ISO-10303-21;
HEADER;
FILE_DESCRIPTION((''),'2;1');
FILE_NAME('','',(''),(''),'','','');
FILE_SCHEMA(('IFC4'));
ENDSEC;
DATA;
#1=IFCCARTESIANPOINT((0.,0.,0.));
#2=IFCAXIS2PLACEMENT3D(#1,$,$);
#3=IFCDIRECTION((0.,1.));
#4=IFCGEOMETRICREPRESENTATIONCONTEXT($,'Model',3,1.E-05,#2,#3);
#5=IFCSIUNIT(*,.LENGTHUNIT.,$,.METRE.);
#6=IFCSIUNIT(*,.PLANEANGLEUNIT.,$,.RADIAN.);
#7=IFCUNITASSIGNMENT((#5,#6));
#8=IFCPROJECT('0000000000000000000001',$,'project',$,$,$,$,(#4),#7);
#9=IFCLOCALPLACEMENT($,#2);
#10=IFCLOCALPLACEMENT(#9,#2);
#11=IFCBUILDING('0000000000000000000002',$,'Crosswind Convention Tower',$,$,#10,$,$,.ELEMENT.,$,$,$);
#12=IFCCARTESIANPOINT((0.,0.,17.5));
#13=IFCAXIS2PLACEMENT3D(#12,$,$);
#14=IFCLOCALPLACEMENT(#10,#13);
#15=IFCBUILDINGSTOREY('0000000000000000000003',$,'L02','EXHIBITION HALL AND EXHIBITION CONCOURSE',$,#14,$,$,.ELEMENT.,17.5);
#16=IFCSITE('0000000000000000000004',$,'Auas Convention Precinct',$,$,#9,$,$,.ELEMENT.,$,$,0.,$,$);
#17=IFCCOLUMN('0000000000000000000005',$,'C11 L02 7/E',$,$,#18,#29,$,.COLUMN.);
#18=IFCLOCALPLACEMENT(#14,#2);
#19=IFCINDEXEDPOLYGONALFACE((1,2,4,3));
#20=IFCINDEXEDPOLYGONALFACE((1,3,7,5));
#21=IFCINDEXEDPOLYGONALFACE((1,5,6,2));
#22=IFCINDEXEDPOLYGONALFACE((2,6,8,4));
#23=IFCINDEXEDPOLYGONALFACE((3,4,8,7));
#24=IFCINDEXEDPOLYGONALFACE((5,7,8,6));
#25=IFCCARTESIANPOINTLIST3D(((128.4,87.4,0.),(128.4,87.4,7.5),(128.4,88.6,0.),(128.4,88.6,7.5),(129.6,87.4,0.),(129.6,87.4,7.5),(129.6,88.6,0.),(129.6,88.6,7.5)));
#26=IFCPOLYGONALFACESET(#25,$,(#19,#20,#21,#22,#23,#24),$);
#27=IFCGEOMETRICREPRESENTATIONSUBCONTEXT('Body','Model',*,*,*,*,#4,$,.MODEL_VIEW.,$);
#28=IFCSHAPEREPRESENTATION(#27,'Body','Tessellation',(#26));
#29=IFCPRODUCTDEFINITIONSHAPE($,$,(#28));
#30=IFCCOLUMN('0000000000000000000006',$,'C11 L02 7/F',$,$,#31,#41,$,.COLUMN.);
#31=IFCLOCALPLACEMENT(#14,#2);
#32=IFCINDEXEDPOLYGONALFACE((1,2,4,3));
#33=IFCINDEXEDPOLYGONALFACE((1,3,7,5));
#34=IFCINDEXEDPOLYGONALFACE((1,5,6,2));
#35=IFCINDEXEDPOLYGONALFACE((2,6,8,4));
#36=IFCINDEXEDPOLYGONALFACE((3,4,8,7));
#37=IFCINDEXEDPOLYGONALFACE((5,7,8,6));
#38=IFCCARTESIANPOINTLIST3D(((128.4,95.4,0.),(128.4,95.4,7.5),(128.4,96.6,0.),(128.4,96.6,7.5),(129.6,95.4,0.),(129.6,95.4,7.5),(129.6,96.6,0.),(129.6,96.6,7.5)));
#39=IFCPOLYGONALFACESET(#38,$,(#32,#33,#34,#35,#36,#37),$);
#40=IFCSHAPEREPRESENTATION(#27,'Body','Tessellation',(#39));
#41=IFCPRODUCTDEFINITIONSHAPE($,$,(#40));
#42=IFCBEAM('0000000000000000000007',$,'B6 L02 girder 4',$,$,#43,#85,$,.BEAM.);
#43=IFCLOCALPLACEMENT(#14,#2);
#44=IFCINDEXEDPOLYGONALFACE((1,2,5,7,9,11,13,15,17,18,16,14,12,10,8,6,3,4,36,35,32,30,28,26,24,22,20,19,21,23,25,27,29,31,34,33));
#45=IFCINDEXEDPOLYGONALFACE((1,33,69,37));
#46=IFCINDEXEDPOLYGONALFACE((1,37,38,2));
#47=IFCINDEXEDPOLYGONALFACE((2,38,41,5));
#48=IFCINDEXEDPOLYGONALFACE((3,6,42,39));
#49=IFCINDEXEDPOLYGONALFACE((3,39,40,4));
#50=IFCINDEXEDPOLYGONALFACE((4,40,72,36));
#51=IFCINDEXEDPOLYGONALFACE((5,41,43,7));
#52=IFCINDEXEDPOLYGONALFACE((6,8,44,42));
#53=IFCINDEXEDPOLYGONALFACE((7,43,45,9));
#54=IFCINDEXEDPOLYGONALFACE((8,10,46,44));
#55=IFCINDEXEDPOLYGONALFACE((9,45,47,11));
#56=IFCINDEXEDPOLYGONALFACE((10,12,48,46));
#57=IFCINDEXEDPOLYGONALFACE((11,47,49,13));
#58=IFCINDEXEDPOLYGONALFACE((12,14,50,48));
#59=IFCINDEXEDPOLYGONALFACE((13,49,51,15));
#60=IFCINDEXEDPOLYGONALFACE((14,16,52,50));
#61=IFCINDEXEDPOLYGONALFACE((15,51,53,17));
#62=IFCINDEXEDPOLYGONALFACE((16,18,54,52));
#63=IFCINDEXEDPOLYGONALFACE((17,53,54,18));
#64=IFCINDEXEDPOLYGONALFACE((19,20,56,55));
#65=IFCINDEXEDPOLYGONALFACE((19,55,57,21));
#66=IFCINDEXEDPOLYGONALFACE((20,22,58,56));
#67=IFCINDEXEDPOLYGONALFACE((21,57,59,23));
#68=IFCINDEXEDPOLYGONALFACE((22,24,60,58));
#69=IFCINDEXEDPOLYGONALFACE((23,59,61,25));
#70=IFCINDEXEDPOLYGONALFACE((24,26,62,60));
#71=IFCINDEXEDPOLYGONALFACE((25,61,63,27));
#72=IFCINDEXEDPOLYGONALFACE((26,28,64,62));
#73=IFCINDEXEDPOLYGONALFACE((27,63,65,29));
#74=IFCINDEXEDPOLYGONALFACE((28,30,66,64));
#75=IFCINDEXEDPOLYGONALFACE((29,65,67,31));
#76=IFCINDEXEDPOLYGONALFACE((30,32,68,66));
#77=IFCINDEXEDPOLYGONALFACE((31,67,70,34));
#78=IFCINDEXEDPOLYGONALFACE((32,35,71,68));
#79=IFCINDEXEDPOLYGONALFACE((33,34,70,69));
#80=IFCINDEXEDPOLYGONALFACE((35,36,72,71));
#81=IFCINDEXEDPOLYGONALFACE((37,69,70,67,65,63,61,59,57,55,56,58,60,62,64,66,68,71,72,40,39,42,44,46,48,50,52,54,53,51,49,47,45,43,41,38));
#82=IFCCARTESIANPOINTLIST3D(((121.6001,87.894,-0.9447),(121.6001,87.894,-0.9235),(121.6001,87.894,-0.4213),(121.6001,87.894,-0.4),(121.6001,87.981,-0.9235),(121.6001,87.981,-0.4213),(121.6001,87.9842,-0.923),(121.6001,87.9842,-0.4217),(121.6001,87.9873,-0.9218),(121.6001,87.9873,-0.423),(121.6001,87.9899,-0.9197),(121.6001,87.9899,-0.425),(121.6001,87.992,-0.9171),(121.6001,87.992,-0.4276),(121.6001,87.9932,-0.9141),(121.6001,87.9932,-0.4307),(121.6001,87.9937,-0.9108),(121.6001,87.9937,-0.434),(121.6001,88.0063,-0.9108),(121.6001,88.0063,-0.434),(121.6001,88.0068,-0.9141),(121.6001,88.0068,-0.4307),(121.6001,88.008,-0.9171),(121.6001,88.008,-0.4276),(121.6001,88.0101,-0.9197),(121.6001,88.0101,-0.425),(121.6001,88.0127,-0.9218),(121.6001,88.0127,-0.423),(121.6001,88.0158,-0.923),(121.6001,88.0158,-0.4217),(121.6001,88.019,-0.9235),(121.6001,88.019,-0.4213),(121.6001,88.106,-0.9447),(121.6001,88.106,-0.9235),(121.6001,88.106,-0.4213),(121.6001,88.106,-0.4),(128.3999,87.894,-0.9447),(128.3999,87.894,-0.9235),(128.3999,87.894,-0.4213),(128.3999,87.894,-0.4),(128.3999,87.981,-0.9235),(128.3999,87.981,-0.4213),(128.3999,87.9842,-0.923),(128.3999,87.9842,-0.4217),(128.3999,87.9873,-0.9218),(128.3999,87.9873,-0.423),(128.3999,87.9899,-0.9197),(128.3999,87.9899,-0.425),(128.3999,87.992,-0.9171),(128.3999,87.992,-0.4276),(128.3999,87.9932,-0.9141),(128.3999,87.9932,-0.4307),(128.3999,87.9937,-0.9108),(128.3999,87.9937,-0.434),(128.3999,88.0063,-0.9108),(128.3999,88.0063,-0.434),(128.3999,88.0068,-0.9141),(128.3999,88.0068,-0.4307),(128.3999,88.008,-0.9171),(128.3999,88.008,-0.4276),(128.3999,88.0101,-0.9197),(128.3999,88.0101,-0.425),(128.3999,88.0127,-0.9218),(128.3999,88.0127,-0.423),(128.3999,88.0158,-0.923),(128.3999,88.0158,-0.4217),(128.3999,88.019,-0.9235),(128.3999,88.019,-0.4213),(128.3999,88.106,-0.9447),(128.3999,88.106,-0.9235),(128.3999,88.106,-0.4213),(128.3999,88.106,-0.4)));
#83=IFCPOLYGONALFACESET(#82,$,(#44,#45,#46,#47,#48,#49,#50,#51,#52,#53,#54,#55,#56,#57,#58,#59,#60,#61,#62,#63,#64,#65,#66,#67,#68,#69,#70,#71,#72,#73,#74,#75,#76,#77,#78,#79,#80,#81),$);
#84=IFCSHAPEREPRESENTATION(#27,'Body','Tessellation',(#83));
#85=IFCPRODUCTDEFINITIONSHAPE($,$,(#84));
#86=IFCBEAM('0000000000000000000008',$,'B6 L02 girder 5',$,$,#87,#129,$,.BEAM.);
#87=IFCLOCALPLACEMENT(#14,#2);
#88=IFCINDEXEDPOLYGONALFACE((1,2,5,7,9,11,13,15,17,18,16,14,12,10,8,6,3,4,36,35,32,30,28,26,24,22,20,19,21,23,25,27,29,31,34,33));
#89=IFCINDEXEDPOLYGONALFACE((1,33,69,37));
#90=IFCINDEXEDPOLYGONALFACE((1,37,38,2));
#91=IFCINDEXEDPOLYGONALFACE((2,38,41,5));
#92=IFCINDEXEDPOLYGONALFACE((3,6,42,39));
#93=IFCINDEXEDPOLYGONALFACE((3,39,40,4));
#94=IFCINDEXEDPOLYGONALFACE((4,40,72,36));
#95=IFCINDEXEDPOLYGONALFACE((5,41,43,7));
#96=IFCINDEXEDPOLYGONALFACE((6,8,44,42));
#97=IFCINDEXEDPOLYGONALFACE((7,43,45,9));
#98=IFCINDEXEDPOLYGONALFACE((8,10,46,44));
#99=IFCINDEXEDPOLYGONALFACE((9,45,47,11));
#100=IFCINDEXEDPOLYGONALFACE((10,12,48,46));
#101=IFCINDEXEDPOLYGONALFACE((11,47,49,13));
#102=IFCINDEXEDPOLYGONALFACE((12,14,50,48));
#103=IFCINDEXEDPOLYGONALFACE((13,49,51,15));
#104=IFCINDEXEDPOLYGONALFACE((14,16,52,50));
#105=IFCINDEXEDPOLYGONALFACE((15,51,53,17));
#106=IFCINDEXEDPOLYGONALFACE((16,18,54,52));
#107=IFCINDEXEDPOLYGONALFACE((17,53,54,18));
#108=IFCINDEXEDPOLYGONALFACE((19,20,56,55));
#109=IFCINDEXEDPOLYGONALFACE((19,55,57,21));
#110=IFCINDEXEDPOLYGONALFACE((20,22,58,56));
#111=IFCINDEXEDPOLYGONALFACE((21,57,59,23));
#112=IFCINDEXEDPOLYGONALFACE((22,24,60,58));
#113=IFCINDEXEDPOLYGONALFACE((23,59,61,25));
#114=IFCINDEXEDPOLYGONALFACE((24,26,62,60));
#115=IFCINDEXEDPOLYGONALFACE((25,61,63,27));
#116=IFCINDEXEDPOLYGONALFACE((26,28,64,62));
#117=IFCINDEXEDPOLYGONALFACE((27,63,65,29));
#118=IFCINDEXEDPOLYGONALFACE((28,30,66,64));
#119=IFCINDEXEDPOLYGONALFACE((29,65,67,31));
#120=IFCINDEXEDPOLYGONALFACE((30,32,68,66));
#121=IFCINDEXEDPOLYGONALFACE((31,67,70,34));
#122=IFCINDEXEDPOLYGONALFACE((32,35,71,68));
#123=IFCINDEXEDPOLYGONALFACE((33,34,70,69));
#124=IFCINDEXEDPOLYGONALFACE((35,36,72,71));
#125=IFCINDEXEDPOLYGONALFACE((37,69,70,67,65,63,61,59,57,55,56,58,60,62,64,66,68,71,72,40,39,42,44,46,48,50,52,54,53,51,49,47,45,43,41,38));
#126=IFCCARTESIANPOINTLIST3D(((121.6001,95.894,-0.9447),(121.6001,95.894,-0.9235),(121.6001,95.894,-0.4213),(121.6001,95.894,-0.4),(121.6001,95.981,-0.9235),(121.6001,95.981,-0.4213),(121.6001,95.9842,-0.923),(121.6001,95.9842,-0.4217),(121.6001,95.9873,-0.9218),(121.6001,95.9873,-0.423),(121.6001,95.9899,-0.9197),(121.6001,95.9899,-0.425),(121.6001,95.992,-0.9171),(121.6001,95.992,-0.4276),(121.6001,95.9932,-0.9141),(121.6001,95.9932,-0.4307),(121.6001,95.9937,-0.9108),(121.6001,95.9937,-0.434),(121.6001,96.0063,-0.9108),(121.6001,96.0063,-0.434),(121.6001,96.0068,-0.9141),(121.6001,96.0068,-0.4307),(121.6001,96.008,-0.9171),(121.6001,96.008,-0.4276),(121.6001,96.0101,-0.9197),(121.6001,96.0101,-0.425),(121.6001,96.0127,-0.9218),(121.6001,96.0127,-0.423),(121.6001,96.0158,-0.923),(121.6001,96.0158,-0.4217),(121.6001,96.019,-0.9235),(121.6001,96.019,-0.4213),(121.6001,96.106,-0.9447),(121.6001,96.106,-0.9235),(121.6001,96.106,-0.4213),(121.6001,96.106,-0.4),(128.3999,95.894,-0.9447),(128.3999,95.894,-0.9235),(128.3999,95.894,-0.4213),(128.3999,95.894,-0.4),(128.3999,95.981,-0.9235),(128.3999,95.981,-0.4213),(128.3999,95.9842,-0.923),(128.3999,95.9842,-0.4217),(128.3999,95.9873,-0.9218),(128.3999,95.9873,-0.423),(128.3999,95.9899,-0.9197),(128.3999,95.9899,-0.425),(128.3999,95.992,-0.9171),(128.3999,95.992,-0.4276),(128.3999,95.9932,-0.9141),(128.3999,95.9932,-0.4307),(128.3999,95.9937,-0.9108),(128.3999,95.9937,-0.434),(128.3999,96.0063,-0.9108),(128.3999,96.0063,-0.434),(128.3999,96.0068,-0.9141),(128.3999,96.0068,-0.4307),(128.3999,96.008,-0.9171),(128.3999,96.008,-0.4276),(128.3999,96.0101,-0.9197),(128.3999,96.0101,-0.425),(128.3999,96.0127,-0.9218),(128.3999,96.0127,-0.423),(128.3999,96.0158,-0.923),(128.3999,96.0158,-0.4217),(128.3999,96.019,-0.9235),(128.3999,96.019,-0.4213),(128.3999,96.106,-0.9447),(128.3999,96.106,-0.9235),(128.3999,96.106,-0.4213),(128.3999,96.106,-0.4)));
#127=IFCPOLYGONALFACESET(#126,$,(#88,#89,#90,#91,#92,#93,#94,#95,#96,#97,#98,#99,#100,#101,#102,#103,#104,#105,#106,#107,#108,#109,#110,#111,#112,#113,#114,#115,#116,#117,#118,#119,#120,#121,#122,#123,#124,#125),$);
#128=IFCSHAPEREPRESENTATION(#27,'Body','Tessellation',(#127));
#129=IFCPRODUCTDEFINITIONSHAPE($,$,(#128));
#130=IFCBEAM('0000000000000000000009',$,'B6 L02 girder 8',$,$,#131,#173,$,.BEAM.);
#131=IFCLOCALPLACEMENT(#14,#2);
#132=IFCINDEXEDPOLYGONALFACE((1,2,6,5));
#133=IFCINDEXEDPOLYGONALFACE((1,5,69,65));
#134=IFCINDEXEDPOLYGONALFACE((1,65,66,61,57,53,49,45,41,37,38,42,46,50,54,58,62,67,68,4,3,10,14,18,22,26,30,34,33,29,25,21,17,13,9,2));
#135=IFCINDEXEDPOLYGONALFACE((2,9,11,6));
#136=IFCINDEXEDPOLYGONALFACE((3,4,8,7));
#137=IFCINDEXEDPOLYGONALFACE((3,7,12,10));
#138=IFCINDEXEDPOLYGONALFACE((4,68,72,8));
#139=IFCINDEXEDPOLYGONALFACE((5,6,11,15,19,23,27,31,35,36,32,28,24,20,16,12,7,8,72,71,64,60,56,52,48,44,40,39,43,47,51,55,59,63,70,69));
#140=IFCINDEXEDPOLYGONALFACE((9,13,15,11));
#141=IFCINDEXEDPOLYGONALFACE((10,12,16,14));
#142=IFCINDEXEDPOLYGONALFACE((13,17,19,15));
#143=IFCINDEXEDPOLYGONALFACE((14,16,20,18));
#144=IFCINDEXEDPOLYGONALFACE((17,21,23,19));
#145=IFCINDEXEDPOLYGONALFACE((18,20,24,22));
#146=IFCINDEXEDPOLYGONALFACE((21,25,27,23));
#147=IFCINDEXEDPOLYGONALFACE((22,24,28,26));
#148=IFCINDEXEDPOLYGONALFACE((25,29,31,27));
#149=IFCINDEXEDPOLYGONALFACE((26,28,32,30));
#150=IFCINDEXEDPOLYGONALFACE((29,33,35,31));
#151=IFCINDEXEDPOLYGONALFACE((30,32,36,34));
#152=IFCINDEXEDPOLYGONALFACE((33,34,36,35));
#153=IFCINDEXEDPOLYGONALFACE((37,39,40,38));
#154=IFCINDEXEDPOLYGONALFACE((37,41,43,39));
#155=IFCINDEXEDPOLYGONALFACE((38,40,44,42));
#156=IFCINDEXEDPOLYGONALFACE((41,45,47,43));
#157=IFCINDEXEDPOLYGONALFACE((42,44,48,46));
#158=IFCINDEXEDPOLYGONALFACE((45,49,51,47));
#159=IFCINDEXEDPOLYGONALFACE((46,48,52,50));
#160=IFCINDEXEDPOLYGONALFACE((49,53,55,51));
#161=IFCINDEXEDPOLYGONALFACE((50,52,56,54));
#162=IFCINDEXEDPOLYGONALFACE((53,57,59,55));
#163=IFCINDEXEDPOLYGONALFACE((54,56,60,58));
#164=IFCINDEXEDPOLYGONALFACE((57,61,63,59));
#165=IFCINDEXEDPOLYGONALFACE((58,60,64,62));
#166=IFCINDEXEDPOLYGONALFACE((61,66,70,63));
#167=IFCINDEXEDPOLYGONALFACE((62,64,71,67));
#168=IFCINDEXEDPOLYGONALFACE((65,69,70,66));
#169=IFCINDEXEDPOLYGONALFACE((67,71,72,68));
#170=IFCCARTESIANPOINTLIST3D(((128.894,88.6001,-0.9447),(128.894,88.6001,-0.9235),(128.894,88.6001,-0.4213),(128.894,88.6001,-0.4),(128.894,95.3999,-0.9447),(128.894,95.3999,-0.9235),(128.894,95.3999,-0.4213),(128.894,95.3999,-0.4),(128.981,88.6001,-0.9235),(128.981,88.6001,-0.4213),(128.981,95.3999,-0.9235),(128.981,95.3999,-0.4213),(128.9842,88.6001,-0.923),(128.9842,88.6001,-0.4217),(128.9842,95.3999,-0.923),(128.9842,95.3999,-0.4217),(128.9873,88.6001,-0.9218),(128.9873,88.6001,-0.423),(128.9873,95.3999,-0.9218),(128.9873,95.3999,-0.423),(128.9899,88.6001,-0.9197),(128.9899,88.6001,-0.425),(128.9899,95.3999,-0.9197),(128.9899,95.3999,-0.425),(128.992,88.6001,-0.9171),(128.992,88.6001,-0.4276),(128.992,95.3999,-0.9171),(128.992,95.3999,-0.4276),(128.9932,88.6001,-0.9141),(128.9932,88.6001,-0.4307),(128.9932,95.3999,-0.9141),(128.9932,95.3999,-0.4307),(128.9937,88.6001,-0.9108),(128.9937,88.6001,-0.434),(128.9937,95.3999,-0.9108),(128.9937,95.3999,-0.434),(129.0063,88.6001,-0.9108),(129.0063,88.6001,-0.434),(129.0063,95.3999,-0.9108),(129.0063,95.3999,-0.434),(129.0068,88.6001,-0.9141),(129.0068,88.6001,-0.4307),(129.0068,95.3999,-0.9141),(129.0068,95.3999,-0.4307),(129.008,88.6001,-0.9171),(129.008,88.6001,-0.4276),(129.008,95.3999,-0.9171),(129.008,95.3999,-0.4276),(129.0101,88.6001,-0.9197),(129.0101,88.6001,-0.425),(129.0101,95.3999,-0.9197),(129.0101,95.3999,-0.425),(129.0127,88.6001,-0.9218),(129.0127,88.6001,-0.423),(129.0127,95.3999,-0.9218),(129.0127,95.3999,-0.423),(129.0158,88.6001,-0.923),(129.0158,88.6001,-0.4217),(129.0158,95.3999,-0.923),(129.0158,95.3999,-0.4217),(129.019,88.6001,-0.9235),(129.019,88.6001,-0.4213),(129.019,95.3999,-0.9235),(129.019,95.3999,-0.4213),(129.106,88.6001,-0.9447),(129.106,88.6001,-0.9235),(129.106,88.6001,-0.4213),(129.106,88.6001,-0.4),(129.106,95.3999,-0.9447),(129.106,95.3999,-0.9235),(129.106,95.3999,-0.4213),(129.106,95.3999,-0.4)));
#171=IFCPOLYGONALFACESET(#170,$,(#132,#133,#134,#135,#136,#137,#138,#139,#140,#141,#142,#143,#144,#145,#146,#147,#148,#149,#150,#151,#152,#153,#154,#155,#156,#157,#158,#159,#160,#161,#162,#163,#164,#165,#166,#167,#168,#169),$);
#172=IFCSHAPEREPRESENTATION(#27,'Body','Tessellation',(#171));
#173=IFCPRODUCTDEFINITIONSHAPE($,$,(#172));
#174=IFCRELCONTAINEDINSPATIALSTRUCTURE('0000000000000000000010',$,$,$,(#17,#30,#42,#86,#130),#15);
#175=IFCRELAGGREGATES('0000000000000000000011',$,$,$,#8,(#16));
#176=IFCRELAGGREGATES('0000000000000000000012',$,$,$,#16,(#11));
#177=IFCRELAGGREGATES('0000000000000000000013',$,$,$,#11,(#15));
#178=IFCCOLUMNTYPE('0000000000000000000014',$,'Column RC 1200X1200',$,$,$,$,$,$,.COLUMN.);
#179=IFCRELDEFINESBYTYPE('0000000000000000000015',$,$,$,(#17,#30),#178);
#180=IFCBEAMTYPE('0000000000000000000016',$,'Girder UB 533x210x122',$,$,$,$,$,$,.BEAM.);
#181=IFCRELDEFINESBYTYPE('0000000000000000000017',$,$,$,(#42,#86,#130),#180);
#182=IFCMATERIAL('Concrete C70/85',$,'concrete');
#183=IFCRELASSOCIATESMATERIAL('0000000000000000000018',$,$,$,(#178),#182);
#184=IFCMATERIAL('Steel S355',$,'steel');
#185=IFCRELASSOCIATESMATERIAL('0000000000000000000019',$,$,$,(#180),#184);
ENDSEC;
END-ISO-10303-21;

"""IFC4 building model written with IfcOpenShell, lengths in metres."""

from ifc_helpers import new_model, si_unit, direction, frame, origin, origin_2d, place, context, subcontext, project, spatial, rectangle, i_section, extrude, material, material_profile, profile_set, type_object, element, save


model = new_model("IFC4")

# Units and contexts
model_context = context("Model", 3, precision=1e-05, world=origin(), true_north=direction((0.0, 1.0)))
body_context = subcontext(model_context, "Body", "Model", "MODEL_VIEW")
ifc_project = project(units=[si_unit("LENGTHUNIT", "METRE"), si_unit("PLANEANGLEUNIT", "RADIAN")], contexts=[model_context])

# Site, building, storey
site_placement = place(None, origin())
site = spatial("IfcSite", under=ifc_project, at=site_placement, Name="Auas Convention Precinct", CompositionType="ELEMENT", RefElevation=0.0)
building_placement = place(site_placement, origin())
building = spatial("IfcBuilding", under=site, at=building_placement, Name="Crosswind Convention Tower", CompositionType="ELEMENT")
storey_placement = place(building_placement, frame((0.0, 0.0, 17.5)))
storey = spatial("IfcBuildingStorey", under=building, at=storey_placement, Name="L02", Description="EXHIBITION HALL AND EXHIBITION CONCOURSE", CompositionType="ELEMENT", Elevation=17.5)

# Columns
ifc_material_1 = material(Name="Concrete C70/85", Category="concrete")
ifc_material_profile_1 = material_profile(ifc_material_1, rectangle(XDim=1.2, YDim=1.2, at=origin_2d()), Name="RC 1200X1200")
ifc_profile_set_1 = profile_set([ifc_material_profile_1], Name="Concrete C70/85")
column_type = type_object("IfcColumnType", Name="Column RC 1200X1200", PredefinedType="COLUMN", material=ifc_profile_set_1)
for number, where, z_axis, x_axis, name in (
    (1, (129.0, 88.0, 0.0), (0.0, 0.0, 1.0), (1.0, 0.0, 0.0), "C11 L02 7/E"),
    (2, (129.0, 96.0, 0.0), (0.0, 0.0, 1.0), (1.0, 0.0, 0.0), "C11 L02 7/F"),
):
    element("IfcColumn", number, at=place(storey_placement, frame(where, z_axis=z_axis, x_axis=x_axis)), inside=storey, type_object=column_type, Name=name, PredefinedType="COLUMN", context=body_context, shape_type="SweptSolid", body=[
        extrude(rectangle(XDim=1.2, YDim=1.2, at=origin_2d()), origin(), (0.0, 0.0, 1.0), 7.5),
    ])

# Beams
ifc_material_2 = material(Name="Steel S355", Category="steel")
ifc_material_profile_2 = material_profile(ifc_material_2, i_section(OverallWidth=0.2119, OverallDepth=0.5447, WebThickness=0.0127, FlangeThickness=0.0212, FilletRadius=0.0127, at=origin_2d()), Name="UB 533x210x122")
ifc_profile_set_2 = profile_set([ifc_material_profile_2], Name="Steel S355")
beam_type_1 = type_object("IfcBeamType", Name="Girder UB 533x210x122", PredefinedType="BEAM", material=ifc_profile_set_2)
for number, where, z_axis, x_axis, name in (
    (3, (121.6001, 88.0, -0.6724), (1.0, 0.0, 0.0), (0.0, 1.0, 0.0), "B6 L02 girder 4"),
    (4, (121.6001, 96.0, -0.6724), (1.0, 0.0, 0.0), (0.0, 1.0, 0.0), "B6 L02 girder 5"),
    (5, (129.0, 88.6001, -0.6724), (0.0, 1.0, 0.0), (-1.0, 0.0, 0.0), "B6 L02 girder 8"),
):
    element("IfcBeam", number, at=place(storey_placement, frame(where, z_axis=z_axis, x_axis=x_axis)), inside=storey, type_object=beam_type_1, Name=name, PredefinedType="BEAM", context=body_context, shape_type="SweptSolid", body=[
        extrude(i_section(OverallWidth=0.2119, OverallDepth=0.5447, WebThickness=0.0127, FlangeThickness=0.0212, FilletRadius=0.0127, at=origin_2d()), origin(), (0.0, 0.0, 1.0), 6.7998),
    ])

save(model, "model.ifc")
